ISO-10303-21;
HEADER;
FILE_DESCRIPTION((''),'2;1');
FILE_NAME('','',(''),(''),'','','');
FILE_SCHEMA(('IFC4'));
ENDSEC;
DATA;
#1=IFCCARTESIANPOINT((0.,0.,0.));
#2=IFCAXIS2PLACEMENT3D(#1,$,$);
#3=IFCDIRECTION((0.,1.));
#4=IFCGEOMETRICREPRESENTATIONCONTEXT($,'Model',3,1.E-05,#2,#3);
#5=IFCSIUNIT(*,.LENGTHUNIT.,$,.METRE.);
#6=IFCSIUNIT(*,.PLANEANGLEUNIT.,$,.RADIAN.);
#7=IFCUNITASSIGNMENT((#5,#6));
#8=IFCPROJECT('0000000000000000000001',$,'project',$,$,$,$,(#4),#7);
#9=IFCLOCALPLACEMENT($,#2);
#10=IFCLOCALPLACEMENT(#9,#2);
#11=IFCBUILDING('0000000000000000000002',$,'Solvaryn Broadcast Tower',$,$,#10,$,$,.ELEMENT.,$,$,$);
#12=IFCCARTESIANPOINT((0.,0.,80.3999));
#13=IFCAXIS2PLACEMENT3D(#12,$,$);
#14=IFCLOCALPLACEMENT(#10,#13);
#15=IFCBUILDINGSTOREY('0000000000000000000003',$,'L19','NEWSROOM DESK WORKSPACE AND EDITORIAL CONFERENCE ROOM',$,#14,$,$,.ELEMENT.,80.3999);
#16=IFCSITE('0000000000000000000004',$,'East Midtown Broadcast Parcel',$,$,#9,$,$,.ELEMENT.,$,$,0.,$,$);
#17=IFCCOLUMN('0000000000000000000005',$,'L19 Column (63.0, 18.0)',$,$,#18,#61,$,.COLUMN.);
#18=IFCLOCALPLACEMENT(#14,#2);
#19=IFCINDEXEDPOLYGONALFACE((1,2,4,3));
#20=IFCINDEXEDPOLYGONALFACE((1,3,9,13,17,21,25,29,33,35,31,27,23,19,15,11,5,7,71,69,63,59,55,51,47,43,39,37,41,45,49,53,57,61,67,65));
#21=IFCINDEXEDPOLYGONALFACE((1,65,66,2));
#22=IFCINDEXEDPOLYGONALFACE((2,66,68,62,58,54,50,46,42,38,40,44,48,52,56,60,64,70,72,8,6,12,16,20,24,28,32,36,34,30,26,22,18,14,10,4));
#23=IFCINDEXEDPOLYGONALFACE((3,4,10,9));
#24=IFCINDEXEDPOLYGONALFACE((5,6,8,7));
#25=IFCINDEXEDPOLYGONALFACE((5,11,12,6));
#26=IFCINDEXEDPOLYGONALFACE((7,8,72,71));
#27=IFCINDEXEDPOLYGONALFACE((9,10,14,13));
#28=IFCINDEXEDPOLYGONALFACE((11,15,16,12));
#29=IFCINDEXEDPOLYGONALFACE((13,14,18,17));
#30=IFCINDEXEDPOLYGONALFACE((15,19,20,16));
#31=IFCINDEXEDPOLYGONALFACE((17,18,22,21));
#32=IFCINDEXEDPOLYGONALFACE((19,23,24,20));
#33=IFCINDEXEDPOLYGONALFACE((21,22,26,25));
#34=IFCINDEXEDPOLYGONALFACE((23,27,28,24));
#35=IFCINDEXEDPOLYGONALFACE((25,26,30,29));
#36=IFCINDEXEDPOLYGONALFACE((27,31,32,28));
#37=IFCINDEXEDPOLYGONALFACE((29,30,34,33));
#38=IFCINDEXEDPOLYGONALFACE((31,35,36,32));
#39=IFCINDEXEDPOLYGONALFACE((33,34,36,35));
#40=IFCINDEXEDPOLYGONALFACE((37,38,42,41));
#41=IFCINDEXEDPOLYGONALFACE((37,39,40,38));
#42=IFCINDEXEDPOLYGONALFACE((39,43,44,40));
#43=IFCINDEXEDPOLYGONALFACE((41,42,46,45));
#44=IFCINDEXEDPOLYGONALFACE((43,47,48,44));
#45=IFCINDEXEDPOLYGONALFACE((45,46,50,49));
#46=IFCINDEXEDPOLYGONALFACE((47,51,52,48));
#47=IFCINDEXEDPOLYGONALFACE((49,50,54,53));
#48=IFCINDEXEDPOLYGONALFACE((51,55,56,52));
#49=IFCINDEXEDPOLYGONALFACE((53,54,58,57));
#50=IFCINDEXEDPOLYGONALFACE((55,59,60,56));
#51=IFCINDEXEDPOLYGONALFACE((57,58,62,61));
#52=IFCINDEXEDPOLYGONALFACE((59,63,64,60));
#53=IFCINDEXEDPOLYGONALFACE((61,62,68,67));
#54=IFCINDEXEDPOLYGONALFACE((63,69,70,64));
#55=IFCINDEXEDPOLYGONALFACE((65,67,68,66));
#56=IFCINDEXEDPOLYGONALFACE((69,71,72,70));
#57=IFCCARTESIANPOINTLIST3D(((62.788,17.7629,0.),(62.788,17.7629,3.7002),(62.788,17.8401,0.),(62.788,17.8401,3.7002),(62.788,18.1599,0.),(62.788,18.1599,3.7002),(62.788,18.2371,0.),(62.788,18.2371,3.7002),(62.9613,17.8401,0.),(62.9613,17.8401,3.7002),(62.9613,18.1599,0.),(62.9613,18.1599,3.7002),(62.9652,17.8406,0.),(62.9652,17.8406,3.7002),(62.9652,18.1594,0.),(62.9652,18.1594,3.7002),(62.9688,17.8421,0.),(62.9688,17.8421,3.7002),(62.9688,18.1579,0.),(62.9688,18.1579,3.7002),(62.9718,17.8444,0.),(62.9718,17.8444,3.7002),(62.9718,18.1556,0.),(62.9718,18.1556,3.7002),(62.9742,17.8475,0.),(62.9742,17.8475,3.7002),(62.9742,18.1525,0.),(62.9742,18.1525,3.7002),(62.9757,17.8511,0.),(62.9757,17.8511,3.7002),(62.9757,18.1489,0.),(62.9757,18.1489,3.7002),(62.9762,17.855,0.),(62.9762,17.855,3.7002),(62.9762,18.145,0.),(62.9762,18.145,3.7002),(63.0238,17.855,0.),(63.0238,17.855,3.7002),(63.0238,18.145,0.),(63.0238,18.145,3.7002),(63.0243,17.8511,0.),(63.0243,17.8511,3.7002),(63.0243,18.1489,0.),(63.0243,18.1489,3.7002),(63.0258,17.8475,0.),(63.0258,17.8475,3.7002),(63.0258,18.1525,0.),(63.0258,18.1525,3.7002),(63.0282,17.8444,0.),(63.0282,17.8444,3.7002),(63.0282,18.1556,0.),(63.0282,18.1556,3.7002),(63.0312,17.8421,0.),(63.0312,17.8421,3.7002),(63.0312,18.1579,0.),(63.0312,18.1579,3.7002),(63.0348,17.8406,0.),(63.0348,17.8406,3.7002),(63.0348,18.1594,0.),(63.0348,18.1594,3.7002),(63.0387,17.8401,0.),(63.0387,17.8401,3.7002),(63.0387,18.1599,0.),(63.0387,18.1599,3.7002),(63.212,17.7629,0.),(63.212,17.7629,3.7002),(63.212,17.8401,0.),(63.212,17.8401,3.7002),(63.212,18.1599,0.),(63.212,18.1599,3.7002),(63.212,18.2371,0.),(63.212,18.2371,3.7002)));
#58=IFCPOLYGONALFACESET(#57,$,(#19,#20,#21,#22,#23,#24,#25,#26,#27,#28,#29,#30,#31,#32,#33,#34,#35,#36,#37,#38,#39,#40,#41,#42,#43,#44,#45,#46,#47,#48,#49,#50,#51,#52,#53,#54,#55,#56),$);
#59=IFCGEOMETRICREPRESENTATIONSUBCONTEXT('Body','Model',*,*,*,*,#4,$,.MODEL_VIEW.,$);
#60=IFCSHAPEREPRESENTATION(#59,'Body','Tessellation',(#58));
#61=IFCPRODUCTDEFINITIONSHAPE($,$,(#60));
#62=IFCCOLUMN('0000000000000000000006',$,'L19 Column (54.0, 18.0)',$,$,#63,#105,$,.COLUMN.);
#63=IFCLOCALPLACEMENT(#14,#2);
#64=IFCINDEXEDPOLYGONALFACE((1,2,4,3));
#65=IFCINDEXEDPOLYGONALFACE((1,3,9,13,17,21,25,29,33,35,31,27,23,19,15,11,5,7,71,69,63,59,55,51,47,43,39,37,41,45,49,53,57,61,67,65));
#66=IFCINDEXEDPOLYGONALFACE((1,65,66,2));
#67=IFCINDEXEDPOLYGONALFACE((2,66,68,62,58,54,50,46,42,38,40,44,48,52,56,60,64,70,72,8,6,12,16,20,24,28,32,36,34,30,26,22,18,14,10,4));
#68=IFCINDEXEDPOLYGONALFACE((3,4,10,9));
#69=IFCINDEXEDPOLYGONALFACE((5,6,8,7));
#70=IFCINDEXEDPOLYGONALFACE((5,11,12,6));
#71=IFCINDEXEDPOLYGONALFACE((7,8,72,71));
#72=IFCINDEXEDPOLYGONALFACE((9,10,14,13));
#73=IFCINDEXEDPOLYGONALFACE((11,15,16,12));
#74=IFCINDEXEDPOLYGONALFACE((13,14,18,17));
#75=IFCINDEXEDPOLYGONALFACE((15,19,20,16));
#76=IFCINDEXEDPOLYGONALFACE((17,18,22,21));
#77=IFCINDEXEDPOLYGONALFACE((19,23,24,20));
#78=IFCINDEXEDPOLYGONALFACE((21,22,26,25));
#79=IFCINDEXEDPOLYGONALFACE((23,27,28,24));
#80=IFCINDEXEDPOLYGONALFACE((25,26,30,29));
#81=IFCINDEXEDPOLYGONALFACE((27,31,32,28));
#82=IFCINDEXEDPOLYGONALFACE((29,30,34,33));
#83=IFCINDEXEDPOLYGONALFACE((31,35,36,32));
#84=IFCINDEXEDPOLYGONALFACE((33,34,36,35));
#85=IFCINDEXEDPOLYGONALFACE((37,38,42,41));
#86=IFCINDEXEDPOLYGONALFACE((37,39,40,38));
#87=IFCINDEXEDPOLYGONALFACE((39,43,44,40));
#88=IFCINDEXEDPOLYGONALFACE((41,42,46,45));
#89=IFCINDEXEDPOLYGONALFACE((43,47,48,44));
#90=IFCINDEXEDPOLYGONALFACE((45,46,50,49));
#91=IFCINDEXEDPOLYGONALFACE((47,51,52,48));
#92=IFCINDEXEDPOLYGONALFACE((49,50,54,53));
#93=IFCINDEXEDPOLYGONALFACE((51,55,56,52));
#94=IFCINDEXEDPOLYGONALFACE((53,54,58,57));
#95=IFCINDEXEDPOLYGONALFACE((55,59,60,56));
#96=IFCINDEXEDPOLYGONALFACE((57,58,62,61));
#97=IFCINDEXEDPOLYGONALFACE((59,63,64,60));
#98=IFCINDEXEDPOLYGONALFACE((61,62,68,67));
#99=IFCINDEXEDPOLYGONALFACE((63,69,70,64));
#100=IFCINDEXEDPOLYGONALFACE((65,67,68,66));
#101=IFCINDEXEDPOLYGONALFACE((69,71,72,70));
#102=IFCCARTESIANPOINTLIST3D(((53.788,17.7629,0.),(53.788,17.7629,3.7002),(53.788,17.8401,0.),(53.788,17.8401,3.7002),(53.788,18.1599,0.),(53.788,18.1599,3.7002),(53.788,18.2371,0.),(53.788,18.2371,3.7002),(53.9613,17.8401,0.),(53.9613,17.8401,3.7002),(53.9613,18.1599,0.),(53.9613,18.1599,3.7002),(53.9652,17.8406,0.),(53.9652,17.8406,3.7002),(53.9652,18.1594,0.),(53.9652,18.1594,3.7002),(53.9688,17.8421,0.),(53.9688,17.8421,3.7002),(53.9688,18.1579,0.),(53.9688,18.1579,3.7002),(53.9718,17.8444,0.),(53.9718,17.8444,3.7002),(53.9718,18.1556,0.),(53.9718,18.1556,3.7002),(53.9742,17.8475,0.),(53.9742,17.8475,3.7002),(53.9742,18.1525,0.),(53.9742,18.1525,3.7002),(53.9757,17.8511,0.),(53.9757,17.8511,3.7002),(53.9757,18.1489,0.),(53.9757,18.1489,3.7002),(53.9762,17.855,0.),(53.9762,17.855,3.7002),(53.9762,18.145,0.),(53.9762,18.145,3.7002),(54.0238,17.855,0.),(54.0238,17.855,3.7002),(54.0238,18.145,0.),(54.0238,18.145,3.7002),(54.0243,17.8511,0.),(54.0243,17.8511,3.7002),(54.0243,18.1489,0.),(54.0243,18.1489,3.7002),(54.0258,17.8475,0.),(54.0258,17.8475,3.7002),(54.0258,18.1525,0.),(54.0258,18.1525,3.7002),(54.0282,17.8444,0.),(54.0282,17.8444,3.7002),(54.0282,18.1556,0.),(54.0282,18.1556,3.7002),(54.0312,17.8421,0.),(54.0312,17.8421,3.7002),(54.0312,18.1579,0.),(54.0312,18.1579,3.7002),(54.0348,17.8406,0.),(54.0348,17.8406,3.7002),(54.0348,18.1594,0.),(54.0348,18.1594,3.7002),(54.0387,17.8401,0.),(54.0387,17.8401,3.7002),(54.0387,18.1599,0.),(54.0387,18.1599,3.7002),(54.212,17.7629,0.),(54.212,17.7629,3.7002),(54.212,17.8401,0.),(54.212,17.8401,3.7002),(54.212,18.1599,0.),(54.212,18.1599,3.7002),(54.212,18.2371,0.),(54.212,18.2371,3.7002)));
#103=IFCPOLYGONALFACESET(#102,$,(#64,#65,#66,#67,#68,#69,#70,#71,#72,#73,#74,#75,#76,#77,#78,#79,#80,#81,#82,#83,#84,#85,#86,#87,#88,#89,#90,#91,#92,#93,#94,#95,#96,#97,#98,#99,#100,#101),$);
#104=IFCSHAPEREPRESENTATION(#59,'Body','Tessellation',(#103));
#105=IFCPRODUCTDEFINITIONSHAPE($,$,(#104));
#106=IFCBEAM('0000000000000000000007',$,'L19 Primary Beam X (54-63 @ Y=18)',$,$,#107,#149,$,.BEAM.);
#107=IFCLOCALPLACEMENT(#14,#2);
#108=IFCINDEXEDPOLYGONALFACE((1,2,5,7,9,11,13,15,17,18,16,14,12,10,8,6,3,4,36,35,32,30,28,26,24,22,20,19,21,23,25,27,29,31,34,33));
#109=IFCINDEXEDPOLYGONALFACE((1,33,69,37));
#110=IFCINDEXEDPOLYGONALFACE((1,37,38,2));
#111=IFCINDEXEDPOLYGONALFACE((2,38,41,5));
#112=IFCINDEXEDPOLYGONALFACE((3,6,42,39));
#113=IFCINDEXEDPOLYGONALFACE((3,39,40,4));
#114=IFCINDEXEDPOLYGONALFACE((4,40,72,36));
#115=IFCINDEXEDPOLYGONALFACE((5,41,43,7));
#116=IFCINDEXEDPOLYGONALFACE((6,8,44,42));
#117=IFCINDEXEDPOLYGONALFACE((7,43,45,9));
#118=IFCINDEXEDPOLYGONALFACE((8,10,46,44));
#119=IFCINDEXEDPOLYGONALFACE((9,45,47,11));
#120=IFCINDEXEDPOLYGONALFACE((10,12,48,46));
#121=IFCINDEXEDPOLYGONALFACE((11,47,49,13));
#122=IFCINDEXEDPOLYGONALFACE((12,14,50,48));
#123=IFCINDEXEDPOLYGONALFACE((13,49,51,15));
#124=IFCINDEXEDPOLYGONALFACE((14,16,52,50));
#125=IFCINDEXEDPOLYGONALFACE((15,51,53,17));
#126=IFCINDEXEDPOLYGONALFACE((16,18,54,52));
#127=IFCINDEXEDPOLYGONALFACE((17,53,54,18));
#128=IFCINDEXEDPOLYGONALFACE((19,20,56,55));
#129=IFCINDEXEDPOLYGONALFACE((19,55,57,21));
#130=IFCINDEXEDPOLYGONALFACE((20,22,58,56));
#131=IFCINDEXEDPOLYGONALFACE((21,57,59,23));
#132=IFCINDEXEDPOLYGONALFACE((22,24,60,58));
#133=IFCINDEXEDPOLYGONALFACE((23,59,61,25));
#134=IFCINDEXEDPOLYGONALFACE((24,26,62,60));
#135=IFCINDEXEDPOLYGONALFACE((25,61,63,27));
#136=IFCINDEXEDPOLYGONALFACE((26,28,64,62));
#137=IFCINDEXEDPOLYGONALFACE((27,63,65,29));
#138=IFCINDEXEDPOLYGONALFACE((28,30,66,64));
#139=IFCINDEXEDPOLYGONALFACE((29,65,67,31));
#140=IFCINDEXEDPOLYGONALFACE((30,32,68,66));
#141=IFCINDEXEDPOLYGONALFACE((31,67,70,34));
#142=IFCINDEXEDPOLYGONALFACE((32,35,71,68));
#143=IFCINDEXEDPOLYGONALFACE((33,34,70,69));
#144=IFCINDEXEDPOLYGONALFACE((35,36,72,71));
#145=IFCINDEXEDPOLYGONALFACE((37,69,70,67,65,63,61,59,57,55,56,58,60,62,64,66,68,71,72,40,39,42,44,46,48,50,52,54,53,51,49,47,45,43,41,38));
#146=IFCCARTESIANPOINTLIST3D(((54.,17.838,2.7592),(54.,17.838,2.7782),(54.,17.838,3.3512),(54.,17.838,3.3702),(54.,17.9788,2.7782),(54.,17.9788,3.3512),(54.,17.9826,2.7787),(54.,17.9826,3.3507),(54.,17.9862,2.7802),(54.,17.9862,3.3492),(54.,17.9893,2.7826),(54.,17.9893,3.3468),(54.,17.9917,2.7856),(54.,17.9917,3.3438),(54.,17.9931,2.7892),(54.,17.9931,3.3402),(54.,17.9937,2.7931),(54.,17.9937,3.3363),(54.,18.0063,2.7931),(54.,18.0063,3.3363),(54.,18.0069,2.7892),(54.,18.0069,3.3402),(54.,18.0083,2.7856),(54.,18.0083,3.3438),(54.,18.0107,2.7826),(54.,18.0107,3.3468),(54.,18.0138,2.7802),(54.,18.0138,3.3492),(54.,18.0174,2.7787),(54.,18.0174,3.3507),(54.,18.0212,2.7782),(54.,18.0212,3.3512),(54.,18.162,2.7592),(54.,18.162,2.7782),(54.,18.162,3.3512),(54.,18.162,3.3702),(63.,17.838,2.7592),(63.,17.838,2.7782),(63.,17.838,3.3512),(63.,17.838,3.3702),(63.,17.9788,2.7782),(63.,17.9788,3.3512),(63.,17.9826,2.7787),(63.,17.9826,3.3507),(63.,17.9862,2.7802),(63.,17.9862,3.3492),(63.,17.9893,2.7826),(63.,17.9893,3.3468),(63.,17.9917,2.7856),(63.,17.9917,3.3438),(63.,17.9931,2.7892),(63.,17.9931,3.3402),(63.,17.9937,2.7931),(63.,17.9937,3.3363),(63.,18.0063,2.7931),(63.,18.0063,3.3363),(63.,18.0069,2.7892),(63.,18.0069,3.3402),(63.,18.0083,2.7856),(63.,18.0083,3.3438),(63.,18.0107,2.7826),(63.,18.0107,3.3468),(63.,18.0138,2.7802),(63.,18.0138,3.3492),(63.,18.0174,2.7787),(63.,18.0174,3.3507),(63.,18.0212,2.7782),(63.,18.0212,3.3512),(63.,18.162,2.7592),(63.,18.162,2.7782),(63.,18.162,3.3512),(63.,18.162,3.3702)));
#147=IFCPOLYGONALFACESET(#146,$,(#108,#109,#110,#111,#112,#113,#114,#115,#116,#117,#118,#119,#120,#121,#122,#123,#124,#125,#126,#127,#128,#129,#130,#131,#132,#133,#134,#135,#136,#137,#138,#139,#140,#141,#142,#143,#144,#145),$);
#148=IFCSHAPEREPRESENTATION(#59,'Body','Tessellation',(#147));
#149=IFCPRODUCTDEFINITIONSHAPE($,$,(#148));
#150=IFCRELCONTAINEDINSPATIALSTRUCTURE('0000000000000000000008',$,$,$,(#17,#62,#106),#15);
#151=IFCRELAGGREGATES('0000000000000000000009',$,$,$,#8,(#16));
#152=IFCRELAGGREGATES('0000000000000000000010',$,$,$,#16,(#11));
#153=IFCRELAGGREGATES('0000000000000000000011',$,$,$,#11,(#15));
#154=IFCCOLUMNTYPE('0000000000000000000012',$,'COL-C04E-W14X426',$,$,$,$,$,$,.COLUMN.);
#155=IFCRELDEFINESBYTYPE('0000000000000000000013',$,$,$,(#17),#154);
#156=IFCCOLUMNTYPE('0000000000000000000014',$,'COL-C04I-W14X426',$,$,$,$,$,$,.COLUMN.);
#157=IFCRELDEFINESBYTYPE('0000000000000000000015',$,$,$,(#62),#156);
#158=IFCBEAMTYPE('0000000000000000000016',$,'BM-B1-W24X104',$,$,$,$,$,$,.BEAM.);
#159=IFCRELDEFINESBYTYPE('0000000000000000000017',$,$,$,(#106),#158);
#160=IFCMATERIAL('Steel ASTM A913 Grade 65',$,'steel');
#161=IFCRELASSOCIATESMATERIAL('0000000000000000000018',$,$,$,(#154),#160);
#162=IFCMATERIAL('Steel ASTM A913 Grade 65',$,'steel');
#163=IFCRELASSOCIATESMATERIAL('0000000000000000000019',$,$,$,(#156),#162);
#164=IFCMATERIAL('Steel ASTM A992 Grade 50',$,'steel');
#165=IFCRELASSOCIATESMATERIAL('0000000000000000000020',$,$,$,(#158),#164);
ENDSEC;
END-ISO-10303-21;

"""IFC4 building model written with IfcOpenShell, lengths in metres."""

from ifc_helpers import new_model, si_unit, direction, frame, origin, origin_2d, place, context, subcontext, project, spatial, i_section, extrude, material, material_profile, profile_set, type_object, element, save


model = new_model("IFC4")

# Units and contexts
model_context = context("Model", 3, precision=1e-05, world=origin(), true_north=direction((0.0, 1.0)))
body_context = subcontext(model_context, "Body", "Model", "MODEL_VIEW")
ifc_project = project(units=[si_unit("LENGTHUNIT", "METRE"), si_unit("PLANEANGLEUNIT", "RADIAN")], contexts=[model_context])

# Site, building, storey
site_placement = place(None, origin())
site = spatial("IfcSite", under=ifc_project, at=site_placement, Name="East Midtown Broadcast Parcel", CompositionType="ELEMENT", RefElevation=0.0)
building_placement = place(site_placement, origin())
building = spatial("IfcBuilding", under=site, at=building_placement, Name="Solvaryn Broadcast Tower", CompositionType="ELEMENT")
storey_placement = place(building_placement, frame((0.0, 0.0, 80.3999)))
storey = spatial("IfcBuildingStorey", under=building, at=storey_placement, Name="L19", Description="NEWSROOM DESK WORKSPACE AND EDITORIAL CONFERENCE ROOM", CompositionType="ELEMENT", Elevation=80.3999)

# Columns
ifc_material_1 = material(Name="Steel ASTM A913 Grade 65", Category="steel")
ifc_material_profile_1 = material_profile(ifc_material_1, i_section(OverallWidth=0.4241, OverallDepth=0.4741, WebThickness=0.0476, FlangeThickness=0.0771, FilletRadius=0.0149, at=origin_2d()))
ifc_profile_set_1 = profile_set([ifc_material_profile_1], Name="Steel ASTM A913 Grade 65")
column_type_1 = type_object("IfcColumnType", Name="COL-C04E-W14X426", PredefinedType="COLUMN", material=ifc_profile_set_1)
column_1_placement = place(storey_placement, frame((63.0, 18.0, 0.0), z_axis=(0.0, 0.0, 1.0), x_axis=(1.0, 0.0, 0.0)))
element("IfcColumn", 1, at=column_1_placement, inside=storey, type_object=column_type_1, Name="L19 Column (63.0, 18.0)", PredefinedType="COLUMN", context=body_context, shape_type="SweptSolid", body=[
    extrude(i_section(OverallWidth=0.4241, OverallDepth=0.4741, WebThickness=0.0476, FlangeThickness=0.0771, FilletRadius=0.0149, at=origin_2d()), origin(), (0.0, 0.0, 1.0), 3.7002),
])
ifc_material_2 = material(Name="Steel ASTM A913 Grade 65", Category="steel")
ifc_material_profile_2 = material_profile(ifc_material_2, i_section(OverallWidth=0.4241, OverallDepth=0.4741, WebThickness=0.0476, FlangeThickness=0.0771, FilletRadius=0.0149, at=origin_2d()))
ifc_profile_set_2 = profile_set([ifc_material_profile_2], Name="Steel ASTM A913 Grade 65")
column_type_2 = type_object("IfcColumnType", Name="COL-C04I-W14X426", PredefinedType="COLUMN", material=ifc_profile_set_2)
column_2_placement = place(storey_placement, frame((54.0, 18.0, 0.0), z_axis=(0.0, 0.0, 1.0), x_axis=(1.0, 0.0, 0.0)))
element("IfcColumn", 2, at=column_2_placement, inside=storey, type_object=column_type_2, Name="L19 Column (54.0, 18.0)", PredefinedType="COLUMN", context=body_context, shape_type="SweptSolid", body=[
    extrude(i_section(OverallWidth=0.4241, OverallDepth=0.4741, WebThickness=0.0476, FlangeThickness=0.0771, FilletRadius=0.0149, at=origin_2d()), origin(), (0.0, 0.0, 1.0), 3.7002),
])

# Beam
ifc_material_3 = material(Name="Steel ASTM A992 Grade 50", Category="steel")
ifc_material_profile_3 = material_profile(ifc_material_3, i_section(OverallWidth=0.324, OverallDepth=0.6111, WebThickness=0.0127, FlangeThickness=0.019, FilletRadius=0.0149, at=origin_2d()))
ifc_profile_set_3 = profile_set([ifc_material_profile_3], Name="Steel ASTM A992 Grade 50")
beam_type_1 = type_object("IfcBeamType", Name="BM-B1-W24X104", PredefinedType="BEAM", material=ifc_profile_set_3)
beam_1_placement = place(storey_placement, frame((54.0, 18.0, 3.0647), z_axis=(1.0, 0.0, 0.0), x_axis=(0.0, 1.0, 0.0)))
element("IfcBeam", 3, at=beam_1_placement, inside=storey, type_object=beam_type_1, Name="L19 Primary Beam X (54-63 @ Y=18)", PredefinedType="BEAM", context=body_context, shape_type="SweptSolid", body=[
    extrude(i_section(OverallWidth=0.324, OverallDepth=0.6111, WebThickness=0.0127, FlangeThickness=0.019, FilletRadius=0.0149, at=origin_2d()), origin(), (0.0, 0.0, 1.0), 9.0),
])

save(model, "model.ifc")
